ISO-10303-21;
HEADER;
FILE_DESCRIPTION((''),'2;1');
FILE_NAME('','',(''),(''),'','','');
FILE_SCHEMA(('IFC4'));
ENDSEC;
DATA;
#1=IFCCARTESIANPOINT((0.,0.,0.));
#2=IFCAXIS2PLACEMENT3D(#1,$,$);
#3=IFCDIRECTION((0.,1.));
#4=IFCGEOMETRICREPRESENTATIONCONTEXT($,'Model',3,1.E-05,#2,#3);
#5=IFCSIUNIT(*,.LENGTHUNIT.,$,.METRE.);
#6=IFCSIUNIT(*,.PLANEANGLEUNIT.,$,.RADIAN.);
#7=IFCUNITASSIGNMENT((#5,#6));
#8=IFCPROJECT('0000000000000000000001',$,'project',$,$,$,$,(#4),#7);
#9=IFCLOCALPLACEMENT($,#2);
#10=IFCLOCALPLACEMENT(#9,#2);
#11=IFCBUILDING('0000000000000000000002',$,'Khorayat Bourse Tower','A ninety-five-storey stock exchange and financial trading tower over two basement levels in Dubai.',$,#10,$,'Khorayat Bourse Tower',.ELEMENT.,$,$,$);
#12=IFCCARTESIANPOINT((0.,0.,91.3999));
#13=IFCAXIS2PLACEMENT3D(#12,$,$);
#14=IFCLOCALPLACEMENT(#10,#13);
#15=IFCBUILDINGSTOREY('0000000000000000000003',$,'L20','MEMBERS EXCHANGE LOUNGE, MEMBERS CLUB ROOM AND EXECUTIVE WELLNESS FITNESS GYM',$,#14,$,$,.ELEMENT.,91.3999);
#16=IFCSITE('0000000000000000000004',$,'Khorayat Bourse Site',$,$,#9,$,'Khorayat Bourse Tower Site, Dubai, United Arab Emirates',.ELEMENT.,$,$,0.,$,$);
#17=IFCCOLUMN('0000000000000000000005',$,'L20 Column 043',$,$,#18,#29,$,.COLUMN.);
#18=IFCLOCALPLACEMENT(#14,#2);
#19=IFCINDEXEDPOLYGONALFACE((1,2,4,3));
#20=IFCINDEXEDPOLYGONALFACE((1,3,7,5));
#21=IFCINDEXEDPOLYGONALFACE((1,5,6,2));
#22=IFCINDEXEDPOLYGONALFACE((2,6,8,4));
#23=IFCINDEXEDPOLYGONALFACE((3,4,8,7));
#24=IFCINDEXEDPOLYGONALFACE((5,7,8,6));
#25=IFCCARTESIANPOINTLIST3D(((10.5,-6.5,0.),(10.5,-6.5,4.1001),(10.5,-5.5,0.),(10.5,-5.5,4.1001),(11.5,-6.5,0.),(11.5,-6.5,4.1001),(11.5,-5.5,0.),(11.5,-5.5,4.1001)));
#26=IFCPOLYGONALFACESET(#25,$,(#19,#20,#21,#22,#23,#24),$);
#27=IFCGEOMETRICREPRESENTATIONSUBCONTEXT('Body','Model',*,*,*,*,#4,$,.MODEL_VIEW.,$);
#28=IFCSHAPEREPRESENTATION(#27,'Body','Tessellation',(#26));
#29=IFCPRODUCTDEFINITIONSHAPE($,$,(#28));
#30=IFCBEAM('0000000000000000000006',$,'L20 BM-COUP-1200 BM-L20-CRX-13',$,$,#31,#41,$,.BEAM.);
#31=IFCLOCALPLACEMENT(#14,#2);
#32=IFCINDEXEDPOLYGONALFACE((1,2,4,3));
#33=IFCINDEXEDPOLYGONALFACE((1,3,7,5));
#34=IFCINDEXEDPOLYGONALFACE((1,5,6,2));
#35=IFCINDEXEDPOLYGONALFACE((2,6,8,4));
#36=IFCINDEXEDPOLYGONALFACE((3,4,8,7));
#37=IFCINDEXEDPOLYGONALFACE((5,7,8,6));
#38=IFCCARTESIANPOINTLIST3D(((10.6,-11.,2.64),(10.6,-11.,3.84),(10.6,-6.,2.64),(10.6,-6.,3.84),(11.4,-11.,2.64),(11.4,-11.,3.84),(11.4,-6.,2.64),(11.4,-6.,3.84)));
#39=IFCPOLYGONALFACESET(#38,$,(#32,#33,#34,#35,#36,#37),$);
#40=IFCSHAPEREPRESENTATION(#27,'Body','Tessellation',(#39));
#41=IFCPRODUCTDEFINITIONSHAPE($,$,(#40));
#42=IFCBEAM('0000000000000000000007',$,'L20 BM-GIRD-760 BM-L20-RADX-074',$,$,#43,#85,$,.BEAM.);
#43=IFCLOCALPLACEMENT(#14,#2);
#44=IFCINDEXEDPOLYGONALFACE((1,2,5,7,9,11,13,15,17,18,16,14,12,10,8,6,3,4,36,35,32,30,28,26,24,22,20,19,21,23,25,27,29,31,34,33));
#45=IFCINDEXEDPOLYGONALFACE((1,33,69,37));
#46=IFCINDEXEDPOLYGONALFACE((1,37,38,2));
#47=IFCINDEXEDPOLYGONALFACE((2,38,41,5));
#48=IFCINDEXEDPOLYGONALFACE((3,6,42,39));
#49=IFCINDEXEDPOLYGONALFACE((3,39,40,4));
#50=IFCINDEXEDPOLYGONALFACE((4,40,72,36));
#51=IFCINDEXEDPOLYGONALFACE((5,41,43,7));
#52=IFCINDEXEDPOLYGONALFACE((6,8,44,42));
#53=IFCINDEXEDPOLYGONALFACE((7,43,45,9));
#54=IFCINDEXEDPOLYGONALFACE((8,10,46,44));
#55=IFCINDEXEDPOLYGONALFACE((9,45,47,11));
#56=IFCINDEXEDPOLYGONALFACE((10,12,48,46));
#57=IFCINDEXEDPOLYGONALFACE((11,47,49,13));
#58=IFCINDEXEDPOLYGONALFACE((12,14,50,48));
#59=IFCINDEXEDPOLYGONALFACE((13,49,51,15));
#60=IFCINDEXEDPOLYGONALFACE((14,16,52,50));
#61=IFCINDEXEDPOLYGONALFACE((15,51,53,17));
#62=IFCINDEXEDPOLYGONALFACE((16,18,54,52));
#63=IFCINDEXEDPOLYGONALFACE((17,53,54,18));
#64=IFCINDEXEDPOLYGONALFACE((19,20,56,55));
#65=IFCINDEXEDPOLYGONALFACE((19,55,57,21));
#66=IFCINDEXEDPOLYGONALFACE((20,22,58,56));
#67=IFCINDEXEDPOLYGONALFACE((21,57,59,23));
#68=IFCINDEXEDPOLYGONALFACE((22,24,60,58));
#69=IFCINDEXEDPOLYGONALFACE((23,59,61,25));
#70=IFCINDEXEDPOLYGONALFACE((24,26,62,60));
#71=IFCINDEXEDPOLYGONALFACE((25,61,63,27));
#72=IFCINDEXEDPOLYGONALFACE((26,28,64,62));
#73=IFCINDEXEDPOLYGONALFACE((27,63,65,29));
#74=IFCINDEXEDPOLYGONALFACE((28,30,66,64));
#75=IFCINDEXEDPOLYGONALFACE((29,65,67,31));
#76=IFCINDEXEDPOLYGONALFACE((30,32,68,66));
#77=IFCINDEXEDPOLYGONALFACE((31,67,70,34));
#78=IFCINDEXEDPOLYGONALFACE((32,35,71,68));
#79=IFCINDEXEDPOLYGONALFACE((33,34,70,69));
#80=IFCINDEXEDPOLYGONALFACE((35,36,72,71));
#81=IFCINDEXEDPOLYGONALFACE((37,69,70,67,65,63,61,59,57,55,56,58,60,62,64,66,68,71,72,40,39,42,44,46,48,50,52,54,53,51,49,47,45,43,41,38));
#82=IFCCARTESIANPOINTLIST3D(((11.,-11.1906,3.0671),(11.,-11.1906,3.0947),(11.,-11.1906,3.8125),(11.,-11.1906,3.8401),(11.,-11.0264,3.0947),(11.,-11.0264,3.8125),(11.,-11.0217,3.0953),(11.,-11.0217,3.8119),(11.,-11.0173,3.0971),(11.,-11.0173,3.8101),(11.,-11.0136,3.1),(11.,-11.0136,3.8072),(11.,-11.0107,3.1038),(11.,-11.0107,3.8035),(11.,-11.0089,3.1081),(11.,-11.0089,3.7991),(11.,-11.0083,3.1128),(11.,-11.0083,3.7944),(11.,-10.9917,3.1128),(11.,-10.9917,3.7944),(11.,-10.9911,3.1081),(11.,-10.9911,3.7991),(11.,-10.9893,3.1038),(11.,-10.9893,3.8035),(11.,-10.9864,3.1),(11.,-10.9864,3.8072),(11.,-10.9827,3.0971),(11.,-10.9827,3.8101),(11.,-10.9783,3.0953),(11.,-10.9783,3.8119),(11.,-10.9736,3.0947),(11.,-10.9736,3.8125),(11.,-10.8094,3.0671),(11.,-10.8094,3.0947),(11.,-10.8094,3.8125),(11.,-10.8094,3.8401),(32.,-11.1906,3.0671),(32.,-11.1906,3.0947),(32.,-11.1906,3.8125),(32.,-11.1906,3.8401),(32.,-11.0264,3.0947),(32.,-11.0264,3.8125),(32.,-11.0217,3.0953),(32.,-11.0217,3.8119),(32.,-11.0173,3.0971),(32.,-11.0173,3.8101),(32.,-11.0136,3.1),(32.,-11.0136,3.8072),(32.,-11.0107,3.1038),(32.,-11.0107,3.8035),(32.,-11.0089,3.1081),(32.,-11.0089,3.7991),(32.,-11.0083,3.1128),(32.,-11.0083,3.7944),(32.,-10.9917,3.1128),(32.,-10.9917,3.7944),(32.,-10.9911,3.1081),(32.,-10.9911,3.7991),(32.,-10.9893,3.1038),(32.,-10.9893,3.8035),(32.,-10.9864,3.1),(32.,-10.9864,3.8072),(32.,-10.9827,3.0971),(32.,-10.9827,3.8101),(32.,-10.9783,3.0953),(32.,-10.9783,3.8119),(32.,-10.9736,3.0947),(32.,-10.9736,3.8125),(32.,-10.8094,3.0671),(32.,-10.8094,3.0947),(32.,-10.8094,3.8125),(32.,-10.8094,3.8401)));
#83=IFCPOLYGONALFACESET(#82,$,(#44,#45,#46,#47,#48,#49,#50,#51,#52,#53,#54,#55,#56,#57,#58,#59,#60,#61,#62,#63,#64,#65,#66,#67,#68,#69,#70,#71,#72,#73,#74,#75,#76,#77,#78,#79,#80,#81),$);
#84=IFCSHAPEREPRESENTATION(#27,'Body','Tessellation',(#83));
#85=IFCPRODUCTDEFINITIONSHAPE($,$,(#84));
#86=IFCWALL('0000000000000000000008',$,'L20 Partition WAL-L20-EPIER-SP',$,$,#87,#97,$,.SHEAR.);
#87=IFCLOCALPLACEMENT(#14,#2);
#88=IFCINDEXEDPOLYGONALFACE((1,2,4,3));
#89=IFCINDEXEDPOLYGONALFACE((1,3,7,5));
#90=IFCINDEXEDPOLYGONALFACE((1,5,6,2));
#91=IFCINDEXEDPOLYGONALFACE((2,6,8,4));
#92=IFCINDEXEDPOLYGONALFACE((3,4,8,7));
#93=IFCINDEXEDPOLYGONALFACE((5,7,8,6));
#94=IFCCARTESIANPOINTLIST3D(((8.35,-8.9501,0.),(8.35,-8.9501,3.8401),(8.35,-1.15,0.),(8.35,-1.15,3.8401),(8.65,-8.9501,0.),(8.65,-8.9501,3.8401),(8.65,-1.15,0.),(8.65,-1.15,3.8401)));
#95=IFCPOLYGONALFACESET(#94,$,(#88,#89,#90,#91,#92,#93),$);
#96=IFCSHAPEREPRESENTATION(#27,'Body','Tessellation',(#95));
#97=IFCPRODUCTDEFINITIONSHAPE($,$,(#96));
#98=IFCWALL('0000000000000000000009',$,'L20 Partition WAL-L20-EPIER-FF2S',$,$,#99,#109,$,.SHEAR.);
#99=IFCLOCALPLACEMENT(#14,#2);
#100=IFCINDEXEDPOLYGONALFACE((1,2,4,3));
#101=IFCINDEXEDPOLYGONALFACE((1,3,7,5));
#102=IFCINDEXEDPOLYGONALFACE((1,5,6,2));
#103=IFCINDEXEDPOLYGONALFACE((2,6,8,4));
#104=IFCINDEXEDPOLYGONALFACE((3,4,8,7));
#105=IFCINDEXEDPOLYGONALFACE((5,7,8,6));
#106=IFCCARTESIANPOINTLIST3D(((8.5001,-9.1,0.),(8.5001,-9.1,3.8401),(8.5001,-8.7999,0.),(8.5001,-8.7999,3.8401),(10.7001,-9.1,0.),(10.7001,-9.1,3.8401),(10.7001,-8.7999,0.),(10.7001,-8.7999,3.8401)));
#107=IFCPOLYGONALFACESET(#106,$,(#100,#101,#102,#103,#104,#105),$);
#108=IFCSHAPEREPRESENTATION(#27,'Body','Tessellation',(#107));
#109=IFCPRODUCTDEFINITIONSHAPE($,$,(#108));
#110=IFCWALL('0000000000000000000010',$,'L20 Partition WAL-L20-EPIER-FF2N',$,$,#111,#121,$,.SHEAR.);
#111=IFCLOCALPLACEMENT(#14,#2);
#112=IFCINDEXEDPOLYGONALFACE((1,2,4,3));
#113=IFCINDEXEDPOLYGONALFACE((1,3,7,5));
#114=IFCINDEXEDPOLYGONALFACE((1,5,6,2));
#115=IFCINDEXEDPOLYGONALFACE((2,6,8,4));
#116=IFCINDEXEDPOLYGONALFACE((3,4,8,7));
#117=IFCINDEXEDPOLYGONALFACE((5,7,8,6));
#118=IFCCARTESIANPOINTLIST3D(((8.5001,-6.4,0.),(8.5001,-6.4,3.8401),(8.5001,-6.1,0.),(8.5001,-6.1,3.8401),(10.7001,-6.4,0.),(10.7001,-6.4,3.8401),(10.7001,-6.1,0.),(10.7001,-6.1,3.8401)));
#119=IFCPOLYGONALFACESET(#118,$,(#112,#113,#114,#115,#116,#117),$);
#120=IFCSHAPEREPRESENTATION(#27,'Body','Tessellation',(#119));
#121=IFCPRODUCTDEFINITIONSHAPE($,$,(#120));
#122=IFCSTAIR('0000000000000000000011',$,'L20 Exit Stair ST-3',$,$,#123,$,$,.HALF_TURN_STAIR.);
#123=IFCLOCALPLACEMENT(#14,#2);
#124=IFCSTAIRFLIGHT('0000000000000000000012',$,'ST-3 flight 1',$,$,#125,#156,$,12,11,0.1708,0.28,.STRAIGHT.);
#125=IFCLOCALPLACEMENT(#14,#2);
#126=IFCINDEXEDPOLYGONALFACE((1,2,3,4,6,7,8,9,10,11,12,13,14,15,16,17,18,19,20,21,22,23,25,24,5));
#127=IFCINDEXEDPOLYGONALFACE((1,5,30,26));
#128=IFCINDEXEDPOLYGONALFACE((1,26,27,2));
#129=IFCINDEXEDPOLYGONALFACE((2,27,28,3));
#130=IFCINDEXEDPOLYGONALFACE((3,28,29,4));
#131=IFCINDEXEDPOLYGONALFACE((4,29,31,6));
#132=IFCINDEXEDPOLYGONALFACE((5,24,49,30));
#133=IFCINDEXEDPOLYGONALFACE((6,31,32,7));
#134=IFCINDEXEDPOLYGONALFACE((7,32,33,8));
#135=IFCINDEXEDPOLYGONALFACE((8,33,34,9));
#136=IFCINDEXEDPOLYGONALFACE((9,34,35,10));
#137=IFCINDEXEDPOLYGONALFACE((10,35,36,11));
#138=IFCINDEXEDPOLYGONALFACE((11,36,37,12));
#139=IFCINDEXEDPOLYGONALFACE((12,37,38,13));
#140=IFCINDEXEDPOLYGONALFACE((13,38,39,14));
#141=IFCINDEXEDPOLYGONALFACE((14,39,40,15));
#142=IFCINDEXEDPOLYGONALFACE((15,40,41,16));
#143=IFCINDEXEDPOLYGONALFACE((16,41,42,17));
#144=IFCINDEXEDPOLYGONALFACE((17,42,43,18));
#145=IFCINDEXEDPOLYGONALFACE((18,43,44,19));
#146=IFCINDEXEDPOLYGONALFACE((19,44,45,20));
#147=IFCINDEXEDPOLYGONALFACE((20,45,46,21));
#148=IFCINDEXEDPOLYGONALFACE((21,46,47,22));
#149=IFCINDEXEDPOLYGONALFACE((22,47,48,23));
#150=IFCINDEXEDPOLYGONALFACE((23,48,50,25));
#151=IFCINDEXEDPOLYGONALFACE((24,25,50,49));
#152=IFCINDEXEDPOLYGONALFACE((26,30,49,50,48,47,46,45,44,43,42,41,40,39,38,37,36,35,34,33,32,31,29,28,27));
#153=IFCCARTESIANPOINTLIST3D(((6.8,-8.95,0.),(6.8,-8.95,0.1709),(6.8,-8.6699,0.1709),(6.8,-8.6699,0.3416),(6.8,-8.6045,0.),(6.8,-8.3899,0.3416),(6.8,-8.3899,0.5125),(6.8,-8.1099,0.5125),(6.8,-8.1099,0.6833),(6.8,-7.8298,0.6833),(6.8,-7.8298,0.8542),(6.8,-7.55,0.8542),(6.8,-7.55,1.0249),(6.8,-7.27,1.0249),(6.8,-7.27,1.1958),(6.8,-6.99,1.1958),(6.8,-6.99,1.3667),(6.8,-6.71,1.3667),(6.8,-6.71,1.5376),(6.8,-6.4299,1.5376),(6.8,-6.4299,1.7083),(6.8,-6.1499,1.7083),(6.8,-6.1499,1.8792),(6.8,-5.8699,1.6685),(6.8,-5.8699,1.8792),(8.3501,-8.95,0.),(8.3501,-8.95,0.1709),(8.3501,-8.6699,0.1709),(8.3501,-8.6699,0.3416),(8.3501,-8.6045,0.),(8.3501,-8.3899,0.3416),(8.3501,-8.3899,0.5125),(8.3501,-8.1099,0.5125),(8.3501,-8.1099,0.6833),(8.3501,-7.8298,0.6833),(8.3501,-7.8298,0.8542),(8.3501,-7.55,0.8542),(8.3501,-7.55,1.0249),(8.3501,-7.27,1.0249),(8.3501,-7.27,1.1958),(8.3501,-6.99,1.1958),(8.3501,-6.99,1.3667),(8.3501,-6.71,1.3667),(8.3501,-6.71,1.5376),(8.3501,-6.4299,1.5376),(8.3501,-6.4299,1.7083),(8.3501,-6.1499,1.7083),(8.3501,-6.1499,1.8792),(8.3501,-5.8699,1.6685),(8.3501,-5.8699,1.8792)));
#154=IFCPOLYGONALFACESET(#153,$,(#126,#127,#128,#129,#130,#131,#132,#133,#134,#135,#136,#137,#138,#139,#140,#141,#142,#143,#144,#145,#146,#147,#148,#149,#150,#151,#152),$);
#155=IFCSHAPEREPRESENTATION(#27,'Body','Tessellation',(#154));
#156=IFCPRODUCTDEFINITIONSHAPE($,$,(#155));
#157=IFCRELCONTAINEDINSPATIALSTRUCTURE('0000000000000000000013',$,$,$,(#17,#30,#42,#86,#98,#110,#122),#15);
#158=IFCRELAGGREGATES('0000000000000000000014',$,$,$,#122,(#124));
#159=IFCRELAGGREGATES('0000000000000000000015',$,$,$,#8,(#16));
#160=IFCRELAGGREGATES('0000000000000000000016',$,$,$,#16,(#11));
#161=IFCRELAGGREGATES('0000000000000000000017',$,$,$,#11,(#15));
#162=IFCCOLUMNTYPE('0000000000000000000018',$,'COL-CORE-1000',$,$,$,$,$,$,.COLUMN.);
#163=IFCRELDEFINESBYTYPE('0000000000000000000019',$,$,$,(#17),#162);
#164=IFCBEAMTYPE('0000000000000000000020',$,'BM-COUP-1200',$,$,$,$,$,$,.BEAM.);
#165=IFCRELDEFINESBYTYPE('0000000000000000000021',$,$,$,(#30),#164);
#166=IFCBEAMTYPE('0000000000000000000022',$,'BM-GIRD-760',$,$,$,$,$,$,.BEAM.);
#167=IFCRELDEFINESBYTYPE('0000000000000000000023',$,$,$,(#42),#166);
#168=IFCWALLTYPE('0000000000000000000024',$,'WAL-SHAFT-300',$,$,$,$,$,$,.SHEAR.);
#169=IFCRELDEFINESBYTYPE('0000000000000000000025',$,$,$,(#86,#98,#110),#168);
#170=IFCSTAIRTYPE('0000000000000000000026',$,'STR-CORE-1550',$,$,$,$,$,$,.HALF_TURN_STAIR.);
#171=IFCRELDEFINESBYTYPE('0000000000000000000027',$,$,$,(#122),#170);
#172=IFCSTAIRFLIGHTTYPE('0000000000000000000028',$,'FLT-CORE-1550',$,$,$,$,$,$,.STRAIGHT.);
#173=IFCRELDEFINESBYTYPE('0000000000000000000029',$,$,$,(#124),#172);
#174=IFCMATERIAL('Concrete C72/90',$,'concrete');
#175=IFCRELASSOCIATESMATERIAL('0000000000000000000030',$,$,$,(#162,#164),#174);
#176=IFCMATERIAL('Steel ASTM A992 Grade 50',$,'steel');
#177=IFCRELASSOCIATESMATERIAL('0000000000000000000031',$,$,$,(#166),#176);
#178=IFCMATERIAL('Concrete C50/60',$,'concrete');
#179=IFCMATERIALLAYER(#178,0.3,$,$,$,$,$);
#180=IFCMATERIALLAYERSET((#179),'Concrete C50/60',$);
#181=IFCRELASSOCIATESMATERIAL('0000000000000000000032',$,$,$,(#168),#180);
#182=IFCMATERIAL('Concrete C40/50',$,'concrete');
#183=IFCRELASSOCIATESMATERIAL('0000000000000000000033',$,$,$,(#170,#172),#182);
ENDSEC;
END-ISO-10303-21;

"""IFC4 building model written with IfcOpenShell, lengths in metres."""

from ifc_helpers import new_model, si_unit, direction, frame, frame_2d, origin, origin_2d, place, context, subcontext, project, spatial, polyline, rectangle, i_section, outline, extrude, source, transform, mapped, material, layer, layer_set, material_profile, profile_set, type_object, element, aggregate, save


model = new_model("IFC4")

# Units and contexts
model_context = context("Model", 3, precision=1e-05, world=origin(), true_north=direction((0.0, 1.0)))
body_context = subcontext(model_context, "Body", "Model", "MODEL_VIEW")
ifc_project = project(units=[si_unit("LENGTHUNIT", "METRE"), si_unit("PLANEANGLEUNIT", "RADIAN")], contexts=[model_context])

# Site, building, storey
site_placement = place(None, origin())
site = spatial("IfcSite", under=ifc_project, at=site_placement, Name="Khorayat Bourse Site", LongName="Khorayat Bourse Tower Site, Dubai, United Arab Emirates", CompositionType="ELEMENT", RefElevation=0.0)
building_placement = place(site_placement, origin())
building = spatial("IfcBuilding", under=site, at=building_placement, Name="Khorayat Bourse Tower", Description="A ninety-five-storey stock exchange and financial trading tower over two basement levels in Dubai.", LongName="Khorayat Bourse Tower", CompositionType="ELEMENT")
storey_placement = place(building_placement, frame((0.0, 0.0, 91.3999)))
storey = spatial("IfcBuildingStorey", under=building, at=storey_placement, Name="L20", Description="MEMBERS EXCHANGE LOUNGE, MEMBERS CLUB ROOM AND EXECUTIVE WELLNESS FITNESS GYM", CompositionType="ELEMENT", Elevation=91.3999)

# Column
ifc_material_1 = material(Name="Concrete C72/90", Category="concrete")
ifc_material_profile_1 = material_profile(ifc_material_1, rectangle(XDim=1.0, YDim=1.0, at=origin_2d()), Name="RC 1000x1000")
ifc_profile_set_1 = profile_set([ifc_material_profile_1], Name="Concrete C72/90")
column_type = type_object("IfcColumnType", Name="COL-CORE-1000", PredefinedType="COLUMN", material=ifc_profile_set_1)
shared_shape_1 = source(origin(), body_context, "Body", "SweptSolid", [
    extrude(rectangle(XDim=1.0, YDim=1.0, at=origin_2d()), origin(), (0.0, 0.0, 1.0), 4.1001),
])
column_placement = place(storey_placement, frame((11.0, -6.0, 0.0), z_axis=(0.0, 0.0, 1.0), x_axis=(1.0, 0.0, 0.0)))
element("IfcColumn", 1, at=column_placement, inside=storey, type_object=column_type, Name="L20 Column 043", PredefinedType="COLUMN", context=body_context, shape_type="MappedRepresentation", body=[
    mapped(shared_shape_1, transform((0.0, 0.0, 0.0), scale=1.0)),
])

# Beams
ifc_material_profile_2 = material_profile(ifc_material_1, rectangle(XDim=0.8, YDim=1.2, at=origin_2d()), Name="RC 800x1200")
ifc_profile_set_2 = profile_set([ifc_material_profile_2], Name="Concrete C72/90")
beam_type_1 = type_object("IfcBeamType", Name="BM-COUP-1200", PredefinedType="BEAM", material=ifc_profile_set_2)
shared_shape_2 = source(origin(), body_context, "Body", "SweptSolid", [
    extrude(rectangle(XDim=0.8, YDim=1.2, at=origin_2d()), origin(), (0.0, 0.0, 1.0), 5.0),
])
beam_1_placement = place(storey_placement, frame((11.0, -11.0, 3.24), z_axis=(0.0, 1.0, 0.0), x_axis=(-1.0, 0.0, 0.0)))
element("IfcBeam", 2, at=beam_1_placement, inside=storey, type_object=beam_type_1, Name="L20 BM-COUP-1200 BM-L20-CRX-13", PredefinedType="BEAM", context=body_context, shape_type="MappedRepresentation", body=[
    mapped(shared_shape_2, transform((0.0, 0.0, 0.0), scale=1.0)),
])
ifc_material_2 = material(Name="Steel ASTM A992 Grade 50", Category="steel")
ifc_material_profile_3 = material_profile(ifc_material_2, i_section(OverallWidth=0.3811, OverallDepth=0.7729, WebThickness=0.0166, FlangeThickness=0.0276, FilletRadius=0.0181, at=origin_2d()), Name="W760X257")
ifc_profile_set_3 = profile_set([ifc_material_profile_3], Name="Steel ASTM A992 Grade 50")
beam_type_2 = type_object("IfcBeamType", Name="BM-GIRD-760", PredefinedType="BEAM", material=ifc_profile_set_3)
shared_shape_3 = source(origin(), body_context, "Body", "SweptSolid", [
    extrude(i_section(OverallWidth=0.3811, OverallDepth=0.7729, WebThickness=0.0166, FlangeThickness=0.0276, FilletRadius=0.0181, at=origin_2d()), origin(), (0.0, 0.0, 1.0), 21.0),
])
beam_2_placement = place(storey_placement, frame((11.0, -11.0, 3.4536), z_axis=(1.0, 0.0, 0.0), x_axis=(0.0, 1.0, 0.0)))
element("IfcBeam", 3, at=beam_2_placement, inside=storey, type_object=beam_type_2, Name="L20 BM-GIRD-760 BM-L20-RADX-074", PredefinedType="BEAM", context=body_context, shape_type="MappedRepresentation", body=[
    mapped(shared_shape_3, transform((0.0, 0.0, 0.0), scale=1.0)),
])

# Walls
ifc_material_3 = material(Name="Concrete C50/60", Category="concrete")
ifc_layer = layer(ifc_material_3, 0.3)
ifc_layer_set = layer_set([ifc_layer], Name="Concrete C50/60")
wall_type = type_object("IfcWallType", Name="WAL-SHAFT-300", PredefinedType="SHEAR", material=ifc_layer_set)
shared_shape_4 = source(origin(), body_context, "Body", "SweptSolid", [
    extrude(rectangle(XDim=7.8, YDim=0.3, at=frame_2d((3.8999, 0.0))), origin(), (0.0, 0.0, 1.0), 3.8401),
])
wall_placement = place(storey_placement, frame((8.5, -8.95, 0.0), z_axis=(0.0, 0.0, 1.0), x_axis=(0.0, 1.0, 0.0)))
element("IfcWall", 4, at=wall_placement, inside=storey, type_object=wall_type, Name="L20 Partition WAL-L20-EPIER-SP", PredefinedType="SHEAR", context=body_context, shape_type="MappedRepresentation", body=[
    mapped(shared_shape_4, transform((0.0, 0.0, 0.0), scale=1.0)),
])
shared_shape_5 = source(origin(), body_context, "Body", "SweptSolid", [
    extrude(rectangle(XDim=2.2, YDim=0.3, at=frame_2d((1.1001, 0.0))), origin(), (0.0, 0.0, 1.0), 3.8401),
])
for number, where, z_axis, x_axis, name in (
    (5, (8.5, -8.95, 0.0), (0.0, 0.0, 1.0), (1.0, 0.0, 0.0), "L20 Partition WAL-L20-EPIER-FF2S"),
    (6, (8.5, -6.25, 0.0), (0.0, 0.0, 1.0), (1.0, 0.0, 0.0), "L20 Partition WAL-L20-EPIER-FF2N"),
):
    element("IfcWall", number, at=place(storey_placement, frame(where, z_axis=z_axis, x_axis=x_axis)), inside=storey, type_object=wall_type, Name=name, PredefinedType="SHEAR", context=body_context, shape_type="MappedRepresentation", body=[
        mapped(shared_shape_5, transform((0.0, 0.0, 0.0), scale=1.0)),
    ])

# Stair, stair flight
ifc_material_4 = material(Name="Concrete C40/50", Category="concrete")
stair_type = type_object("IfcStairType", Name="STR-CORE-1550", PredefinedType="HALF_TURN_STAIR", material=ifc_material_4)
stair_placement = place(storey_placement, origin())
stair = element("IfcStair", 7, at=stair_placement, inside=storey, type_object=stair_type, Name="L20 Exit Stair ST-3", PredefinedType="HALF_TURN_STAIR")
stair_flight_type = type_object("IfcStairFlightType", Name="FLT-CORE-1550", PredefinedType="STRAIGHT", material=ifc_material_4)
shared_shape_6 = source(origin(), body_context, "Body", "SweptSolid", [
    extrude(outline(polyline([(0.0, 0.0), (0.0, 0.1709), (0.28, 0.1709), (0.28, 0.3416), (0.5601, 0.3416), (0.5601, 0.5125), (0.8401, 0.5125), (0.8401, 0.6833), (1.1201, 0.6833), (1.1201, 0.8542), (1.3999, 0.8542), (1.3999, 1.0249), (1.6799, 1.0249), (1.6799, 1.1958), (1.96, 1.1958), (1.96, 1.3667), (2.24, 1.3667), (2.24, 1.5376), (2.52, 1.5376), (2.52, 1.7083), (2.8, 1.7083), (2.8, 1.8792), (3.0801, 1.8792), (3.0801, 2.05), (3.0801, 1.6685), (0.3455, 0.0), (0.0, 0.0)])), frame((0.0, 0.7749, 0.0), z_axis=(0.0, -1.0, 0.0), x_axis=(1.0, 0.0, 0.0)), (0.0, 0.0, 1.0), 1.55),
])
stair_flight_placement = place(storey_placement, frame((7.575, -8.95, 0.0), z_axis=(0.0, 0.0, 1.0), x_axis=(0.0, 1.0, 0.0)))
stair_flight = element("IfcStairFlight", 8, at=stair_flight_placement, type_object=stair_flight_type, Name="ST-3 flight 1", NumberOfRisers=12, NumberOfTreads=11, PredefinedType="STRAIGHT", RiserHeight=0.1708, TreadLength=0.28, context=body_context, shape_type="MappedRepresentation", body=[
    mapped(shared_shape_6, transform((0.0, 0.0, 0.0), scale=1.0)),
])
aggregate(stair, [stair_flight])

save(model, "model.ifc")
